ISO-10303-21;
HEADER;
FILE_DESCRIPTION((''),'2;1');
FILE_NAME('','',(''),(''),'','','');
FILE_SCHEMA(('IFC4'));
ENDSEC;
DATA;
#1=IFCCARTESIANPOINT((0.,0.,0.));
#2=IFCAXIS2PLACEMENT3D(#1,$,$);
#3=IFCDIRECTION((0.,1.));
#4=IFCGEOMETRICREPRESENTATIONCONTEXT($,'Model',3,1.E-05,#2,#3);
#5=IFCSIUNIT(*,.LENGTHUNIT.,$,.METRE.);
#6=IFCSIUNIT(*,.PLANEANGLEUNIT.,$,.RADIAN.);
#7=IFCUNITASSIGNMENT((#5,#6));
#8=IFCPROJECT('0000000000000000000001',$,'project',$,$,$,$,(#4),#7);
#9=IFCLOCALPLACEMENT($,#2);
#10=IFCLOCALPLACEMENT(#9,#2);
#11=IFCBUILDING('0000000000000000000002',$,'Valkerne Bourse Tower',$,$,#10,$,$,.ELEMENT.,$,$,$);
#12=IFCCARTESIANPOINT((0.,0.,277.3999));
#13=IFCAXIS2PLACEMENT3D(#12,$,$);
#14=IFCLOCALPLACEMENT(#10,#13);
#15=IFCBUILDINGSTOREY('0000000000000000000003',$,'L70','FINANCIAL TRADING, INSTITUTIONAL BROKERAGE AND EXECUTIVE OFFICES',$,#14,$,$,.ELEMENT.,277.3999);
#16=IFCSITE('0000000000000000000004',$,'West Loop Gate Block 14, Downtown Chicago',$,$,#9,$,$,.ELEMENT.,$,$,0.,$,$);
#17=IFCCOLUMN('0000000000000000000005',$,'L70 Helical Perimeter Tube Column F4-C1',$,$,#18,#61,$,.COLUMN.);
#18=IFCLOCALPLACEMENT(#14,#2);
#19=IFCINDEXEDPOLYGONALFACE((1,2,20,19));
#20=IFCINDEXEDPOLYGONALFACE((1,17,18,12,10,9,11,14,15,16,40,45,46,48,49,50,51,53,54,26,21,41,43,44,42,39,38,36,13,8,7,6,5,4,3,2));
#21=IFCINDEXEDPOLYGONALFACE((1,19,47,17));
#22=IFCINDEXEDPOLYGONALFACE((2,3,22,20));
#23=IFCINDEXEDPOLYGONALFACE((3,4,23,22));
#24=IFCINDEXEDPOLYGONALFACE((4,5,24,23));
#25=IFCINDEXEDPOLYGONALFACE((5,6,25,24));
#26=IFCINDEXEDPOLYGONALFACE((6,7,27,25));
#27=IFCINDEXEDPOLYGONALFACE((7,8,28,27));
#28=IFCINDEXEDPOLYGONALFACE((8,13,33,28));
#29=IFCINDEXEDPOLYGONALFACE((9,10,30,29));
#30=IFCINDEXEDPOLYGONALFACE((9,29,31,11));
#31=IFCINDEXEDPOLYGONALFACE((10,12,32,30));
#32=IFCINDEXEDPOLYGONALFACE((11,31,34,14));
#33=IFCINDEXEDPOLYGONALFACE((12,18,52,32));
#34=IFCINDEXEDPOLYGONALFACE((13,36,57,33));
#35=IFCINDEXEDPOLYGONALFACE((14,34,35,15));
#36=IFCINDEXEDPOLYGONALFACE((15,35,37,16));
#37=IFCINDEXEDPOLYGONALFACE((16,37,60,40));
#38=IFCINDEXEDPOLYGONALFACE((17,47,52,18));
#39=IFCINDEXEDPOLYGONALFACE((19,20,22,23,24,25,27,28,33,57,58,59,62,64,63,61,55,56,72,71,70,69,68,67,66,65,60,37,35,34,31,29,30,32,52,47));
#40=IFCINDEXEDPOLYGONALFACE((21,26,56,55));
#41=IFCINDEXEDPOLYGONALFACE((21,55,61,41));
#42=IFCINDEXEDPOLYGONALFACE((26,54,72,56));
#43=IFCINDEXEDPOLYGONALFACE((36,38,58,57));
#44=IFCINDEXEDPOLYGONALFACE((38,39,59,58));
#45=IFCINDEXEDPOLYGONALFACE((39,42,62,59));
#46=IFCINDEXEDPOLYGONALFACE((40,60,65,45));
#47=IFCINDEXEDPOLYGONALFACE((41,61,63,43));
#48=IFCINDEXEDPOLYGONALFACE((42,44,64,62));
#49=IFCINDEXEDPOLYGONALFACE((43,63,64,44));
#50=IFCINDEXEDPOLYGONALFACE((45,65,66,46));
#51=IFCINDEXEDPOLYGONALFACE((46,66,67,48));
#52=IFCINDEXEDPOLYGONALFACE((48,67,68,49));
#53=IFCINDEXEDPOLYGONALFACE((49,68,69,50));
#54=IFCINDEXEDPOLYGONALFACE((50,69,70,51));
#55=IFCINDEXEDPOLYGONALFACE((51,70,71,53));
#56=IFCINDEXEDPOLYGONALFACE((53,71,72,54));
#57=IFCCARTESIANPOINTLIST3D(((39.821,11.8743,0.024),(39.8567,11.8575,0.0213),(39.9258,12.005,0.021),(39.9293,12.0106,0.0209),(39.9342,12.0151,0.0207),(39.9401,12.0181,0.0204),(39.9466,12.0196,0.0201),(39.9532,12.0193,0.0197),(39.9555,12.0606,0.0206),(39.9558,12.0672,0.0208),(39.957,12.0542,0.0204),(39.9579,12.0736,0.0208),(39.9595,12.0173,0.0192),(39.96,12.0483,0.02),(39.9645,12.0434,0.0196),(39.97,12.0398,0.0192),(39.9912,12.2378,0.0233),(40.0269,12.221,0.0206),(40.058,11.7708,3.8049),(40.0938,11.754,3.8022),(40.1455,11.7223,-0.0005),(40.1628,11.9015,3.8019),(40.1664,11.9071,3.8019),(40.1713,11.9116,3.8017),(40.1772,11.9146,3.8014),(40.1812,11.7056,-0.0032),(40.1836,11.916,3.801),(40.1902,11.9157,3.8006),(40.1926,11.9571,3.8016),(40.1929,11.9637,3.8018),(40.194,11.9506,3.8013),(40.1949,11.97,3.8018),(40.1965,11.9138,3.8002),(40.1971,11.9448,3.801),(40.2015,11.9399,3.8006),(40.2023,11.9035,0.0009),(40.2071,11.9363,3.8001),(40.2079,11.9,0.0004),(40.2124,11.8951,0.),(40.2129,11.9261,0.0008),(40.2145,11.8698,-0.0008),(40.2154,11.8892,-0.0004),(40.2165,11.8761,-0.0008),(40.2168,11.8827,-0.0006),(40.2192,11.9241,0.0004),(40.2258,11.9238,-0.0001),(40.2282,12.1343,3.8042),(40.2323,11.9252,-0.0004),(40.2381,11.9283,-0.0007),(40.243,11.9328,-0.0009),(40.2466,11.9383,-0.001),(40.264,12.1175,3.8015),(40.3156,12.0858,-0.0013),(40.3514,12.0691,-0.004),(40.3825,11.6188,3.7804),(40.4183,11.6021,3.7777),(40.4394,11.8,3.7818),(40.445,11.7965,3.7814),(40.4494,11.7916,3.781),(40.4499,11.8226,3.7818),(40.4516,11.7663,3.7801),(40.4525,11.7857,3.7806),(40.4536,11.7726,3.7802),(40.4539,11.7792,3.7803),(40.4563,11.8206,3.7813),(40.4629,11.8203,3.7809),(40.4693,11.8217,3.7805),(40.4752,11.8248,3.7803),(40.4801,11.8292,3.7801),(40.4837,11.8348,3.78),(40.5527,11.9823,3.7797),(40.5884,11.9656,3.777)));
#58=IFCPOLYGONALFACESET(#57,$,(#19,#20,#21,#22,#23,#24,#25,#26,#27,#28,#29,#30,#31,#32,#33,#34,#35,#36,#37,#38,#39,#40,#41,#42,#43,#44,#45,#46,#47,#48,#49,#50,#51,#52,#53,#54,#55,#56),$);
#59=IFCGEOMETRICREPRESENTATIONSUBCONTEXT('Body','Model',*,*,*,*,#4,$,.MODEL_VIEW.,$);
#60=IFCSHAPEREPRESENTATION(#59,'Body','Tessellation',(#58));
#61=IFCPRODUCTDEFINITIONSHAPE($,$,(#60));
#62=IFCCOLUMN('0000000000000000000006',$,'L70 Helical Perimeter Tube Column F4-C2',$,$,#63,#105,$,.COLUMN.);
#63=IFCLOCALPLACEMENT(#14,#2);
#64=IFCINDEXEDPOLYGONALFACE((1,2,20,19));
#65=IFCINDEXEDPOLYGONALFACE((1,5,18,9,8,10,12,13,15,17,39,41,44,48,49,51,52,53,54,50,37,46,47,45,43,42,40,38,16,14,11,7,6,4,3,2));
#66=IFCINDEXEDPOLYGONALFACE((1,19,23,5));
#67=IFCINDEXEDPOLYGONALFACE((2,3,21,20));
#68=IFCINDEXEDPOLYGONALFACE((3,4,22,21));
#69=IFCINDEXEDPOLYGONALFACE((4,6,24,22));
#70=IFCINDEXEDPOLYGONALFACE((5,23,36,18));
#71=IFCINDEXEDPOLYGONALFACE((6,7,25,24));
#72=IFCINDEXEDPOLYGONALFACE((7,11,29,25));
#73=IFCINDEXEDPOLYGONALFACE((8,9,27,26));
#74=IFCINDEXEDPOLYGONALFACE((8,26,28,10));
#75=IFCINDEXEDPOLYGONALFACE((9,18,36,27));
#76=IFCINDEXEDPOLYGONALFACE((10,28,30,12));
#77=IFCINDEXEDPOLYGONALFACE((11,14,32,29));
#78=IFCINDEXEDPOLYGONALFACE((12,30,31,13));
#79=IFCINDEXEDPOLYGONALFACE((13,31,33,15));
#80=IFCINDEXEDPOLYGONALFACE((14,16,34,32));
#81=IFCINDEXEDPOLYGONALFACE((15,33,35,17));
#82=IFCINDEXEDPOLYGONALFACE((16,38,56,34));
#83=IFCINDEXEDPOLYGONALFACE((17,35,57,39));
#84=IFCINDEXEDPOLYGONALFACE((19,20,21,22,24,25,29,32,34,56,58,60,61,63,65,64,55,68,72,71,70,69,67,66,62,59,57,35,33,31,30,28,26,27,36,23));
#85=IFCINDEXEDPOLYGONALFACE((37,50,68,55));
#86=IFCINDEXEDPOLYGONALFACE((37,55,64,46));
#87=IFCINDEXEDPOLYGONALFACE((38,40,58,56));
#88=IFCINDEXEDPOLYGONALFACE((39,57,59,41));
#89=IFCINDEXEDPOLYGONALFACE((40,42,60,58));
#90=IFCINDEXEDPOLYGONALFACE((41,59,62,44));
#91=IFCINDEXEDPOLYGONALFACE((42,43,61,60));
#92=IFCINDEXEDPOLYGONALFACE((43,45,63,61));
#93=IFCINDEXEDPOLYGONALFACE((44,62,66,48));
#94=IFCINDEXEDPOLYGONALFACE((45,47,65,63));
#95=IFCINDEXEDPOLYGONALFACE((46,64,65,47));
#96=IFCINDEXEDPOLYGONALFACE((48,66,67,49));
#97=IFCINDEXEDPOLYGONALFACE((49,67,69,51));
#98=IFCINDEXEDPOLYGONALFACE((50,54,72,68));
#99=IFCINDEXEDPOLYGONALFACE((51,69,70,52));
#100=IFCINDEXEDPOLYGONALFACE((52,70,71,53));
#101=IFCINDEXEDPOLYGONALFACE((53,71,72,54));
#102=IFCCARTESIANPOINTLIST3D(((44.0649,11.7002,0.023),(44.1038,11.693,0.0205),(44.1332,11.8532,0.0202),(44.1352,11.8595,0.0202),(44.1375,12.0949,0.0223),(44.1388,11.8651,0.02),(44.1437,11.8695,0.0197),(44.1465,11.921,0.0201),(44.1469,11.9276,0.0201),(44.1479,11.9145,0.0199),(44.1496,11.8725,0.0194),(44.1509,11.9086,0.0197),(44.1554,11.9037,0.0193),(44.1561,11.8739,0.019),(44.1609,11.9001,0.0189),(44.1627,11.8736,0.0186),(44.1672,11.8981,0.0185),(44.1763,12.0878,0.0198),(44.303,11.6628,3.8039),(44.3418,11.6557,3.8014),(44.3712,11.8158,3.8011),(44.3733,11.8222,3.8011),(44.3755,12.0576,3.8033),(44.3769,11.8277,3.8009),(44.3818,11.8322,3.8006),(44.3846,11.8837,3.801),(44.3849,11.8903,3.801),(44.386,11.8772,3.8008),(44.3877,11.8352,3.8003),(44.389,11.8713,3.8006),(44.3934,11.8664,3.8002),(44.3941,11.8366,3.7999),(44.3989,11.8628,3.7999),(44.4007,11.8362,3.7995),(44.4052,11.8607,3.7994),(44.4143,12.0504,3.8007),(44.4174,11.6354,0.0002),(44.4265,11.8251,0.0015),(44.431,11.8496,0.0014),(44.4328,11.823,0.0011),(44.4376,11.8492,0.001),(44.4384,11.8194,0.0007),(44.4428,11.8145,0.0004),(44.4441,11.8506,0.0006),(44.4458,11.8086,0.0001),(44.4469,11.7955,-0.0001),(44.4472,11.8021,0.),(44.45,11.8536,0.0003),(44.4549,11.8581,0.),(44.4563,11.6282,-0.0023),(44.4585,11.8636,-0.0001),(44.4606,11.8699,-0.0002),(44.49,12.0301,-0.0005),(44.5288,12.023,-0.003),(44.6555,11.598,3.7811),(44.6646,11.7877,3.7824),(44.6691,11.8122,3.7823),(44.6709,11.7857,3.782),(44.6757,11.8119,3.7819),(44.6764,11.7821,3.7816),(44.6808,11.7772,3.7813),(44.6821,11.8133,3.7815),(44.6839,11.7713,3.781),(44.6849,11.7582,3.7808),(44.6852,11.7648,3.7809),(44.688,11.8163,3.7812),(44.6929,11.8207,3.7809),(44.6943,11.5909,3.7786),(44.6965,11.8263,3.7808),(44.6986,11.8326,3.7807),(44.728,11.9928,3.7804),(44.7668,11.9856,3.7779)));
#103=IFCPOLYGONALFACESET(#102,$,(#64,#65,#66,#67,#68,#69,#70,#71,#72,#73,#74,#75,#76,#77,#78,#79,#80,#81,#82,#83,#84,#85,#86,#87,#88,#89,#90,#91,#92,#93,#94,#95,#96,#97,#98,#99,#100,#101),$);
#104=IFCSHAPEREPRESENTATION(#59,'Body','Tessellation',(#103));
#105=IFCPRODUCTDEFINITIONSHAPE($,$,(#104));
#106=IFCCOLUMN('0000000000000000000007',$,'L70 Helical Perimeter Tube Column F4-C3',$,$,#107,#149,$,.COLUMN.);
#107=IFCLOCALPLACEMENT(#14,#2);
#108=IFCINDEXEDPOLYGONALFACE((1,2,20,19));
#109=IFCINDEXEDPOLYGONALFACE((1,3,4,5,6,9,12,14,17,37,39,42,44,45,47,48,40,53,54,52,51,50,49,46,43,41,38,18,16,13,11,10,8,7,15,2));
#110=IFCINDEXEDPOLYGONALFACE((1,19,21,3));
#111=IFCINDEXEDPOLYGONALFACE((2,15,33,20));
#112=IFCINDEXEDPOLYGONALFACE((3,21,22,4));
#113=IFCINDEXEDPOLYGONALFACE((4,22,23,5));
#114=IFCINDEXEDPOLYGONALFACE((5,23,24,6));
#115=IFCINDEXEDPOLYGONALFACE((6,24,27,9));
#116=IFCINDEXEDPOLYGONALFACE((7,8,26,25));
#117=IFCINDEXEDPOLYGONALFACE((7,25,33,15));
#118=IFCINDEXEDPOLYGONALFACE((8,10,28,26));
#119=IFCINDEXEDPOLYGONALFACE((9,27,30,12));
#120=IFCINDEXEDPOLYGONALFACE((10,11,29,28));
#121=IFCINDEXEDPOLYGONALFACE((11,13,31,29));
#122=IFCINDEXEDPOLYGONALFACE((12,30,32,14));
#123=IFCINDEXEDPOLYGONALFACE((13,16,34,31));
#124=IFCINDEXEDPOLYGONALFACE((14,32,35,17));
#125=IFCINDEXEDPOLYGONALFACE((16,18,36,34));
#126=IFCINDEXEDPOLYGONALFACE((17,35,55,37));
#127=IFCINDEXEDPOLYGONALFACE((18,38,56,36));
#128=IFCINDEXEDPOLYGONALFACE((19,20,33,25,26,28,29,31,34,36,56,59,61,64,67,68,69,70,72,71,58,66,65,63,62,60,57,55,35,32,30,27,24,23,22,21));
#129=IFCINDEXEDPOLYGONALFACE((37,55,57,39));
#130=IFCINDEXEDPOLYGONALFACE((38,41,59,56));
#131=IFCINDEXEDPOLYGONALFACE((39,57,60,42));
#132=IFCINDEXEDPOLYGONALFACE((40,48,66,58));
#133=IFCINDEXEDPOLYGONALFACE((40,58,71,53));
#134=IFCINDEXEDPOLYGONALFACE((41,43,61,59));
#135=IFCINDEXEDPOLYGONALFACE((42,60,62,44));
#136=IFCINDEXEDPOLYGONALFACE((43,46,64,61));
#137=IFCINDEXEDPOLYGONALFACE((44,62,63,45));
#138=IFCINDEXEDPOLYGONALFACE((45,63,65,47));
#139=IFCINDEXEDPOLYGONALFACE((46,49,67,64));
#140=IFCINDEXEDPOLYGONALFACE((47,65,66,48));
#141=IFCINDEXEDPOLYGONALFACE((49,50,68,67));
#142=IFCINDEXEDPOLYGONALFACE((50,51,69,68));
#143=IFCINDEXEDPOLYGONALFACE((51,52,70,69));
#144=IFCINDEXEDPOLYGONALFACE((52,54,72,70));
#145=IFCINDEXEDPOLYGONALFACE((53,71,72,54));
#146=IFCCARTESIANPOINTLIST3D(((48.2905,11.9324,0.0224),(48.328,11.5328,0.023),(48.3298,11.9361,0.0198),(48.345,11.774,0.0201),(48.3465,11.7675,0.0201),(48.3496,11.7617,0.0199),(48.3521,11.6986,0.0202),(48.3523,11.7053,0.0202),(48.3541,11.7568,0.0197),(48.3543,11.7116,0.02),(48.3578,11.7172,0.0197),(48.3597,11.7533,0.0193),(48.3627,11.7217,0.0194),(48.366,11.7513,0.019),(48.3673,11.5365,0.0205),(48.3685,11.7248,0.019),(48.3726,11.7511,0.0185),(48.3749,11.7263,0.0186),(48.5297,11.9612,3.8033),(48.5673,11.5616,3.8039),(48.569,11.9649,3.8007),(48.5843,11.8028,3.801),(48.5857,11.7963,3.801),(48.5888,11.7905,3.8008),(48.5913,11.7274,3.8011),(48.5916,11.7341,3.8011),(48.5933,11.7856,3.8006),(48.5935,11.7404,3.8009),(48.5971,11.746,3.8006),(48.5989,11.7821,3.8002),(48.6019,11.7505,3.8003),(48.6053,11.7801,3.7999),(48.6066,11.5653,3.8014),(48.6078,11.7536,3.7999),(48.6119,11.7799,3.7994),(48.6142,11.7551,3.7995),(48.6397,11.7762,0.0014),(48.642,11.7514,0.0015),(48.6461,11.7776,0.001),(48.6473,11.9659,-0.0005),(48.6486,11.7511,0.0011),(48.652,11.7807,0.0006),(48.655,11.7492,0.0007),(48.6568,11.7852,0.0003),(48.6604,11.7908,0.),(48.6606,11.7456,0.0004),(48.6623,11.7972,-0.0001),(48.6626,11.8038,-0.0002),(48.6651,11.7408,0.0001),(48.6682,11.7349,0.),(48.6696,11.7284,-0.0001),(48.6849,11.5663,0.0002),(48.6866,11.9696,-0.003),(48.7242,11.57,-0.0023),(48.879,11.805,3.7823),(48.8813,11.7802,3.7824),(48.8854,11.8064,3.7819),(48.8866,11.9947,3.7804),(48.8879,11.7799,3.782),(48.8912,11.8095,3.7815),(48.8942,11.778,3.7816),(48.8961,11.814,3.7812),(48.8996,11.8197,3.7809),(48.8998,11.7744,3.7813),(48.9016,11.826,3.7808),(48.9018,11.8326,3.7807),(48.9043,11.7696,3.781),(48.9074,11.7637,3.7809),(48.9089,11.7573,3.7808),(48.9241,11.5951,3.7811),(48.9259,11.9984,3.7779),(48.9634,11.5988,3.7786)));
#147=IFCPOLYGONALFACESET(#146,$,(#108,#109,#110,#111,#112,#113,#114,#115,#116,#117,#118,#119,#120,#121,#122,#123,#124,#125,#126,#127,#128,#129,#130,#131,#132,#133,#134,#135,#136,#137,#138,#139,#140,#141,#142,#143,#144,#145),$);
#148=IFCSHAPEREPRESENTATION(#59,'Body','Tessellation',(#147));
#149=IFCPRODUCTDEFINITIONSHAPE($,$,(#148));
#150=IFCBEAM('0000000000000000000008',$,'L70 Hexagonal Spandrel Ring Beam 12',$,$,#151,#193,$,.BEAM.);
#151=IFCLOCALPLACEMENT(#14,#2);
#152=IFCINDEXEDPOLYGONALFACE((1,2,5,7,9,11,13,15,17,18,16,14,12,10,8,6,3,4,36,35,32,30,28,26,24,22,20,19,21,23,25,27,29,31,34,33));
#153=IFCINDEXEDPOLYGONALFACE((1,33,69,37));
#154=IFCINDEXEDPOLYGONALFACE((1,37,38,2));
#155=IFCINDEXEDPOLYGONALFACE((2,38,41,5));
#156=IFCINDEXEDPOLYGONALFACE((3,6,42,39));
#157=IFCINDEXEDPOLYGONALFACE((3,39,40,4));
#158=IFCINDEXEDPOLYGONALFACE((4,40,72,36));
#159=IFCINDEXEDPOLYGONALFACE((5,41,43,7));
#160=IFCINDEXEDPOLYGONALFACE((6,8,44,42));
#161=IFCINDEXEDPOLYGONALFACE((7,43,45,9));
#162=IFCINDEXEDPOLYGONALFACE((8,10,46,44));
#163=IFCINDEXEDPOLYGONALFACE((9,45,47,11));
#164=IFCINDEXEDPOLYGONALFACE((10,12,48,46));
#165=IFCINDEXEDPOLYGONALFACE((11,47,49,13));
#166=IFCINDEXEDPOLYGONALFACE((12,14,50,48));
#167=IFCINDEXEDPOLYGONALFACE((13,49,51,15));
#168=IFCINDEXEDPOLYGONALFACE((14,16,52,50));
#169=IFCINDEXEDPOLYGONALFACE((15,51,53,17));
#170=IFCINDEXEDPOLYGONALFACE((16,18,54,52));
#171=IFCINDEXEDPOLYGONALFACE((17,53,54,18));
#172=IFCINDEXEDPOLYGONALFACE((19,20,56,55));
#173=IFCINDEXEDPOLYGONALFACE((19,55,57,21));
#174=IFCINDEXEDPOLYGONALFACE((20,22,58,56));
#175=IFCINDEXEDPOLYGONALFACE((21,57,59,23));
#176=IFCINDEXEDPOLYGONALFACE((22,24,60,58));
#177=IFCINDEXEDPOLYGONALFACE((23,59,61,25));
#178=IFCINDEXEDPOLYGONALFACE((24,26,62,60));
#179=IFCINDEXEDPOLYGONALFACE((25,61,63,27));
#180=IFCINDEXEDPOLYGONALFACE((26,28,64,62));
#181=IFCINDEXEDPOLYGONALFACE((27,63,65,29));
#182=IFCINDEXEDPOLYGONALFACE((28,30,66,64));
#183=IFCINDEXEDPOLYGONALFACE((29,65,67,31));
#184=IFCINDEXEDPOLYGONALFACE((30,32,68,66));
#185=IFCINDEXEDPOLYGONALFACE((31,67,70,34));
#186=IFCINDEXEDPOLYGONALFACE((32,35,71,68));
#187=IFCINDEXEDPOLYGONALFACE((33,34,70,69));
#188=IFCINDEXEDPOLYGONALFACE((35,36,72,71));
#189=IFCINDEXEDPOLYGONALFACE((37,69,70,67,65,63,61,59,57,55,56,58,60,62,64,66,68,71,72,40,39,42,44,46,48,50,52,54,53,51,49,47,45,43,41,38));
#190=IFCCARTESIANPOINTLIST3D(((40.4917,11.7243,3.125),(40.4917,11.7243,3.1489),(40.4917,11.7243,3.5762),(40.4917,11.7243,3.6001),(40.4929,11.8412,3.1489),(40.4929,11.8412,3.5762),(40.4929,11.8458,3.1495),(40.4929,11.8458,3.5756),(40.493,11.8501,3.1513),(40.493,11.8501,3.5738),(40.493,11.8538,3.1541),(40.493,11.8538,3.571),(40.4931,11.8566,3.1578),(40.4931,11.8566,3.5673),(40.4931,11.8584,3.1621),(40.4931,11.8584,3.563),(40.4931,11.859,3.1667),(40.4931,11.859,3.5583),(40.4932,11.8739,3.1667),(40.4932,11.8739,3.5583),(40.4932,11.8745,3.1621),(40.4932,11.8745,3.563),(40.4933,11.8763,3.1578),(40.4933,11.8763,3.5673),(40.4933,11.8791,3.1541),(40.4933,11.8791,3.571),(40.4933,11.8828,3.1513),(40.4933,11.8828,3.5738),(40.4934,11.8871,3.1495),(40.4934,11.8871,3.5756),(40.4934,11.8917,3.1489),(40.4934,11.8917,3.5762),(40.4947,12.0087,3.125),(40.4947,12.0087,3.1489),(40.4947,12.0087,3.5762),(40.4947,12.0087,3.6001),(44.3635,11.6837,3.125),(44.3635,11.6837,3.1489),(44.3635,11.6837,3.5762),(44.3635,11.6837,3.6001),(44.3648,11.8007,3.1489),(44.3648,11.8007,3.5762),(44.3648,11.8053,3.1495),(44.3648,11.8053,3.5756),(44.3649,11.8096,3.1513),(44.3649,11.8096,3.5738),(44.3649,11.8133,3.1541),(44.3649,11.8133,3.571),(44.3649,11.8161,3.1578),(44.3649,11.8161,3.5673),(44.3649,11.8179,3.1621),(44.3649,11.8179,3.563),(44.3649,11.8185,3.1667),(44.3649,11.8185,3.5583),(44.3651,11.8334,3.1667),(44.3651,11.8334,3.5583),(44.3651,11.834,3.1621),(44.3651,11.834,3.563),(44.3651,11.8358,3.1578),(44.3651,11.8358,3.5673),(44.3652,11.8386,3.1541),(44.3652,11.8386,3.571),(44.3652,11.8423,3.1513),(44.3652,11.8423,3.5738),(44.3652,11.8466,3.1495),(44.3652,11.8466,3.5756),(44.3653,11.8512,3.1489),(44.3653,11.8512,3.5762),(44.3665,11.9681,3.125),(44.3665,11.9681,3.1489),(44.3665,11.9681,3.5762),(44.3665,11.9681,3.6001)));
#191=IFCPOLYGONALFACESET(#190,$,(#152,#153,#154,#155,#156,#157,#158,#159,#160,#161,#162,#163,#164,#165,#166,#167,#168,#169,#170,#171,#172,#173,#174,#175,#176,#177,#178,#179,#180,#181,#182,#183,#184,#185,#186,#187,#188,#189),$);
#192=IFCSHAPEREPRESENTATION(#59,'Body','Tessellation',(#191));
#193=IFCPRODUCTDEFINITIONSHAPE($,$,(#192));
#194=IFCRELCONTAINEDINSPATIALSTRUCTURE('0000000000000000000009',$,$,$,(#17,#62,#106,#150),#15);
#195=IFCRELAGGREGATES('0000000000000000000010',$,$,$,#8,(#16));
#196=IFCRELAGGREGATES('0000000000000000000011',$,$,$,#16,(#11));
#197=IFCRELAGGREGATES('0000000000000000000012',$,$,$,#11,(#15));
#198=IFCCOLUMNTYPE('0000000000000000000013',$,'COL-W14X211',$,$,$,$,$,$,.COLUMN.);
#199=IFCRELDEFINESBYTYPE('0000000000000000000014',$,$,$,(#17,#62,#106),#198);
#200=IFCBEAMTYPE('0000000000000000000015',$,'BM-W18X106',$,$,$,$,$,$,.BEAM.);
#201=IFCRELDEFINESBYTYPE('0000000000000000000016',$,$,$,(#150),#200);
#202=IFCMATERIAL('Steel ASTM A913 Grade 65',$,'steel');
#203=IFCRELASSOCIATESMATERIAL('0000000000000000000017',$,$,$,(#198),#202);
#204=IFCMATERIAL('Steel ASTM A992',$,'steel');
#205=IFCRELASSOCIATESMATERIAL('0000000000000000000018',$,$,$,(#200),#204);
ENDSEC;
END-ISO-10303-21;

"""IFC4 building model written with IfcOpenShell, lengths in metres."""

from ifc_helpers import new_model, si_unit, direction, frame, origin, origin_2d, place, context, subcontext, project, spatial, i_section, extrude, material, material_profile, profile_set, type_object, element, save


model = new_model("IFC4")

# Units and contexts
model_context = context("Model", 3, precision=1e-05, world=origin(), true_north=direction((0.0, 1.0)))
body_context = subcontext(model_context, "Body", "Model", "MODEL_VIEW")
ifc_project = project(units=[si_unit("LENGTHUNIT", "METRE"), si_unit("PLANEANGLEUNIT", "RADIAN")], contexts=[model_context])

# Site, building, storey
site_placement = place(None, origin())
site = spatial("IfcSite", under=ifc_project, at=site_placement, Name="West Loop Gate Block 14, Downtown Chicago", CompositionType="ELEMENT", RefElevation=0.0)
building_placement = place(site_placement, origin())
building = spatial("IfcBuilding", under=site, at=building_placement, Name="Valkerne Bourse Tower", CompositionType="ELEMENT")
storey_placement = place(building_placement, frame((0.0, 0.0, 277.3999)))
storey = spatial("IfcBuildingStorey", under=building, at=storey_placement, Name="L70", Description="FINANCIAL TRADING, INSTITUTIONAL BROKERAGE AND EXECUTIVE OFFICES", CompositionType="ELEMENT", Elevation=277.3999)

# Columns
ifc_material_1 = material(Name="Steel ASTM A913 Grade 65", Category="steel")
ifc_material_profile_1 = material_profile(ifc_material_1, i_section(OverallWidth=0.4014, OverallDepth=0.3987, WebThickness=0.0249, FlangeThickness=0.0396, FilletRadius=0.0254, at=origin_2d()), Name="W14X211")
ifc_profile_set_1 = profile_set([ifc_material_profile_1], Name="Steel ASTM A913 Grade 65")
column_type = type_object("IfcColumnType", Name="COL-W14X211", PredefinedType="COLUMN", material=ifc_profile_set_1)
column_placement = place(storey_placement, frame((40.0862, 11.9717, 0.01), z_axis=(0.062552, -0.027314, 0.997668), x_axis=(0.423972, 0.905674, -0.001787)))
element("IfcColumn", 1, at=column_placement, inside=storey, type_object=column_type, Name="L70 Helical Perimeter Tube Column F4-C1", PredefinedType="COLUMN", context=body_context, shape_type="SweptSolid", body=[
    extrude(i_section(OverallWidth=0.4014, OverallDepth=0.3987, WebThickness=0.0249, FlangeThickness=0.0396, FilletRadius=0.0254, at=origin_2d()), origin(), (0.0, 0.0, 1.0), 3.7898),
])
for number, where, z_axis, x_axis, name in (
    (2, (44.2969, 11.8616, 0.01), (0.062829, -0.009859, 0.997976), (0.180781, 0.983522, -0.001665), "L70 Helical Perimeter Tube Column F4-C2"),
    (3, (48.5073, 11.7512, 0.01), (0.063151, 0.007604, 0.997975), (-0.093567, 0.995612, -0.001665), "L70 Helical Perimeter Tube Column F4-C3"),
):
    element("IfcColumn", number, at=place(storey_placement, frame(where, z_axis=z_axis, x_axis=x_axis)), inside=storey, type_object=column_type, Name=name, PredefinedType="COLUMN", context=body_context, shape_type="SweptSolid", body=[
        extrude(i_section(OverallWidth=0.4014, OverallDepth=0.3987, WebThickness=0.0249, FlangeThickness=0.0396, FilletRadius=0.0254, at=origin_2d()), origin(), (0.0, 0.0, 1.0), 3.7886),
    ])

# Beam
ifc_material_2 = material(Name="Steel ASTM A992", Category="steel")
ifc_material_profile_2 = material_profile(ifc_material_2, i_section(OverallWidth=0.2844, OverallDepth=0.4751, WebThickness=0.0149, FlangeThickness=0.0239, FilletRadius=0.0178, at=origin_2d()), Name="W18X106")
ifc_profile_set_2 = profile_set([ifc_material_profile_2], Name="Steel ASTM A992")
beam_type_1 = type_object("IfcBeamType", Name="BM-W18X106", PredefinedType="BEAM", material=ifc_profile_set_2)
beam_1_placement = place(storey_placement, frame((40.4932, 11.8665, 3.3625), z_axis=(0.999945, -0.010467, 0.0), x_axis=(0.010467, 0.999945, 0.0)))
element("IfcBeam", 4, at=beam_1_placement, inside=storey, type_object=beam_type_1, Name="L70 Hexagonal Spandrel Ring Beam 12", PredefinedType="BEAM", context=body_context, shape_type="SweptSolid", body=[
    extrude(i_section(OverallWidth=0.2844, OverallDepth=0.4751, WebThickness=0.0149, FlangeThickness=0.0239, FilletRadius=0.0178, at=origin_2d()), origin(), (0.0, 0.0, 1.0), 3.8721),
])

save(model, "model.ifc")
